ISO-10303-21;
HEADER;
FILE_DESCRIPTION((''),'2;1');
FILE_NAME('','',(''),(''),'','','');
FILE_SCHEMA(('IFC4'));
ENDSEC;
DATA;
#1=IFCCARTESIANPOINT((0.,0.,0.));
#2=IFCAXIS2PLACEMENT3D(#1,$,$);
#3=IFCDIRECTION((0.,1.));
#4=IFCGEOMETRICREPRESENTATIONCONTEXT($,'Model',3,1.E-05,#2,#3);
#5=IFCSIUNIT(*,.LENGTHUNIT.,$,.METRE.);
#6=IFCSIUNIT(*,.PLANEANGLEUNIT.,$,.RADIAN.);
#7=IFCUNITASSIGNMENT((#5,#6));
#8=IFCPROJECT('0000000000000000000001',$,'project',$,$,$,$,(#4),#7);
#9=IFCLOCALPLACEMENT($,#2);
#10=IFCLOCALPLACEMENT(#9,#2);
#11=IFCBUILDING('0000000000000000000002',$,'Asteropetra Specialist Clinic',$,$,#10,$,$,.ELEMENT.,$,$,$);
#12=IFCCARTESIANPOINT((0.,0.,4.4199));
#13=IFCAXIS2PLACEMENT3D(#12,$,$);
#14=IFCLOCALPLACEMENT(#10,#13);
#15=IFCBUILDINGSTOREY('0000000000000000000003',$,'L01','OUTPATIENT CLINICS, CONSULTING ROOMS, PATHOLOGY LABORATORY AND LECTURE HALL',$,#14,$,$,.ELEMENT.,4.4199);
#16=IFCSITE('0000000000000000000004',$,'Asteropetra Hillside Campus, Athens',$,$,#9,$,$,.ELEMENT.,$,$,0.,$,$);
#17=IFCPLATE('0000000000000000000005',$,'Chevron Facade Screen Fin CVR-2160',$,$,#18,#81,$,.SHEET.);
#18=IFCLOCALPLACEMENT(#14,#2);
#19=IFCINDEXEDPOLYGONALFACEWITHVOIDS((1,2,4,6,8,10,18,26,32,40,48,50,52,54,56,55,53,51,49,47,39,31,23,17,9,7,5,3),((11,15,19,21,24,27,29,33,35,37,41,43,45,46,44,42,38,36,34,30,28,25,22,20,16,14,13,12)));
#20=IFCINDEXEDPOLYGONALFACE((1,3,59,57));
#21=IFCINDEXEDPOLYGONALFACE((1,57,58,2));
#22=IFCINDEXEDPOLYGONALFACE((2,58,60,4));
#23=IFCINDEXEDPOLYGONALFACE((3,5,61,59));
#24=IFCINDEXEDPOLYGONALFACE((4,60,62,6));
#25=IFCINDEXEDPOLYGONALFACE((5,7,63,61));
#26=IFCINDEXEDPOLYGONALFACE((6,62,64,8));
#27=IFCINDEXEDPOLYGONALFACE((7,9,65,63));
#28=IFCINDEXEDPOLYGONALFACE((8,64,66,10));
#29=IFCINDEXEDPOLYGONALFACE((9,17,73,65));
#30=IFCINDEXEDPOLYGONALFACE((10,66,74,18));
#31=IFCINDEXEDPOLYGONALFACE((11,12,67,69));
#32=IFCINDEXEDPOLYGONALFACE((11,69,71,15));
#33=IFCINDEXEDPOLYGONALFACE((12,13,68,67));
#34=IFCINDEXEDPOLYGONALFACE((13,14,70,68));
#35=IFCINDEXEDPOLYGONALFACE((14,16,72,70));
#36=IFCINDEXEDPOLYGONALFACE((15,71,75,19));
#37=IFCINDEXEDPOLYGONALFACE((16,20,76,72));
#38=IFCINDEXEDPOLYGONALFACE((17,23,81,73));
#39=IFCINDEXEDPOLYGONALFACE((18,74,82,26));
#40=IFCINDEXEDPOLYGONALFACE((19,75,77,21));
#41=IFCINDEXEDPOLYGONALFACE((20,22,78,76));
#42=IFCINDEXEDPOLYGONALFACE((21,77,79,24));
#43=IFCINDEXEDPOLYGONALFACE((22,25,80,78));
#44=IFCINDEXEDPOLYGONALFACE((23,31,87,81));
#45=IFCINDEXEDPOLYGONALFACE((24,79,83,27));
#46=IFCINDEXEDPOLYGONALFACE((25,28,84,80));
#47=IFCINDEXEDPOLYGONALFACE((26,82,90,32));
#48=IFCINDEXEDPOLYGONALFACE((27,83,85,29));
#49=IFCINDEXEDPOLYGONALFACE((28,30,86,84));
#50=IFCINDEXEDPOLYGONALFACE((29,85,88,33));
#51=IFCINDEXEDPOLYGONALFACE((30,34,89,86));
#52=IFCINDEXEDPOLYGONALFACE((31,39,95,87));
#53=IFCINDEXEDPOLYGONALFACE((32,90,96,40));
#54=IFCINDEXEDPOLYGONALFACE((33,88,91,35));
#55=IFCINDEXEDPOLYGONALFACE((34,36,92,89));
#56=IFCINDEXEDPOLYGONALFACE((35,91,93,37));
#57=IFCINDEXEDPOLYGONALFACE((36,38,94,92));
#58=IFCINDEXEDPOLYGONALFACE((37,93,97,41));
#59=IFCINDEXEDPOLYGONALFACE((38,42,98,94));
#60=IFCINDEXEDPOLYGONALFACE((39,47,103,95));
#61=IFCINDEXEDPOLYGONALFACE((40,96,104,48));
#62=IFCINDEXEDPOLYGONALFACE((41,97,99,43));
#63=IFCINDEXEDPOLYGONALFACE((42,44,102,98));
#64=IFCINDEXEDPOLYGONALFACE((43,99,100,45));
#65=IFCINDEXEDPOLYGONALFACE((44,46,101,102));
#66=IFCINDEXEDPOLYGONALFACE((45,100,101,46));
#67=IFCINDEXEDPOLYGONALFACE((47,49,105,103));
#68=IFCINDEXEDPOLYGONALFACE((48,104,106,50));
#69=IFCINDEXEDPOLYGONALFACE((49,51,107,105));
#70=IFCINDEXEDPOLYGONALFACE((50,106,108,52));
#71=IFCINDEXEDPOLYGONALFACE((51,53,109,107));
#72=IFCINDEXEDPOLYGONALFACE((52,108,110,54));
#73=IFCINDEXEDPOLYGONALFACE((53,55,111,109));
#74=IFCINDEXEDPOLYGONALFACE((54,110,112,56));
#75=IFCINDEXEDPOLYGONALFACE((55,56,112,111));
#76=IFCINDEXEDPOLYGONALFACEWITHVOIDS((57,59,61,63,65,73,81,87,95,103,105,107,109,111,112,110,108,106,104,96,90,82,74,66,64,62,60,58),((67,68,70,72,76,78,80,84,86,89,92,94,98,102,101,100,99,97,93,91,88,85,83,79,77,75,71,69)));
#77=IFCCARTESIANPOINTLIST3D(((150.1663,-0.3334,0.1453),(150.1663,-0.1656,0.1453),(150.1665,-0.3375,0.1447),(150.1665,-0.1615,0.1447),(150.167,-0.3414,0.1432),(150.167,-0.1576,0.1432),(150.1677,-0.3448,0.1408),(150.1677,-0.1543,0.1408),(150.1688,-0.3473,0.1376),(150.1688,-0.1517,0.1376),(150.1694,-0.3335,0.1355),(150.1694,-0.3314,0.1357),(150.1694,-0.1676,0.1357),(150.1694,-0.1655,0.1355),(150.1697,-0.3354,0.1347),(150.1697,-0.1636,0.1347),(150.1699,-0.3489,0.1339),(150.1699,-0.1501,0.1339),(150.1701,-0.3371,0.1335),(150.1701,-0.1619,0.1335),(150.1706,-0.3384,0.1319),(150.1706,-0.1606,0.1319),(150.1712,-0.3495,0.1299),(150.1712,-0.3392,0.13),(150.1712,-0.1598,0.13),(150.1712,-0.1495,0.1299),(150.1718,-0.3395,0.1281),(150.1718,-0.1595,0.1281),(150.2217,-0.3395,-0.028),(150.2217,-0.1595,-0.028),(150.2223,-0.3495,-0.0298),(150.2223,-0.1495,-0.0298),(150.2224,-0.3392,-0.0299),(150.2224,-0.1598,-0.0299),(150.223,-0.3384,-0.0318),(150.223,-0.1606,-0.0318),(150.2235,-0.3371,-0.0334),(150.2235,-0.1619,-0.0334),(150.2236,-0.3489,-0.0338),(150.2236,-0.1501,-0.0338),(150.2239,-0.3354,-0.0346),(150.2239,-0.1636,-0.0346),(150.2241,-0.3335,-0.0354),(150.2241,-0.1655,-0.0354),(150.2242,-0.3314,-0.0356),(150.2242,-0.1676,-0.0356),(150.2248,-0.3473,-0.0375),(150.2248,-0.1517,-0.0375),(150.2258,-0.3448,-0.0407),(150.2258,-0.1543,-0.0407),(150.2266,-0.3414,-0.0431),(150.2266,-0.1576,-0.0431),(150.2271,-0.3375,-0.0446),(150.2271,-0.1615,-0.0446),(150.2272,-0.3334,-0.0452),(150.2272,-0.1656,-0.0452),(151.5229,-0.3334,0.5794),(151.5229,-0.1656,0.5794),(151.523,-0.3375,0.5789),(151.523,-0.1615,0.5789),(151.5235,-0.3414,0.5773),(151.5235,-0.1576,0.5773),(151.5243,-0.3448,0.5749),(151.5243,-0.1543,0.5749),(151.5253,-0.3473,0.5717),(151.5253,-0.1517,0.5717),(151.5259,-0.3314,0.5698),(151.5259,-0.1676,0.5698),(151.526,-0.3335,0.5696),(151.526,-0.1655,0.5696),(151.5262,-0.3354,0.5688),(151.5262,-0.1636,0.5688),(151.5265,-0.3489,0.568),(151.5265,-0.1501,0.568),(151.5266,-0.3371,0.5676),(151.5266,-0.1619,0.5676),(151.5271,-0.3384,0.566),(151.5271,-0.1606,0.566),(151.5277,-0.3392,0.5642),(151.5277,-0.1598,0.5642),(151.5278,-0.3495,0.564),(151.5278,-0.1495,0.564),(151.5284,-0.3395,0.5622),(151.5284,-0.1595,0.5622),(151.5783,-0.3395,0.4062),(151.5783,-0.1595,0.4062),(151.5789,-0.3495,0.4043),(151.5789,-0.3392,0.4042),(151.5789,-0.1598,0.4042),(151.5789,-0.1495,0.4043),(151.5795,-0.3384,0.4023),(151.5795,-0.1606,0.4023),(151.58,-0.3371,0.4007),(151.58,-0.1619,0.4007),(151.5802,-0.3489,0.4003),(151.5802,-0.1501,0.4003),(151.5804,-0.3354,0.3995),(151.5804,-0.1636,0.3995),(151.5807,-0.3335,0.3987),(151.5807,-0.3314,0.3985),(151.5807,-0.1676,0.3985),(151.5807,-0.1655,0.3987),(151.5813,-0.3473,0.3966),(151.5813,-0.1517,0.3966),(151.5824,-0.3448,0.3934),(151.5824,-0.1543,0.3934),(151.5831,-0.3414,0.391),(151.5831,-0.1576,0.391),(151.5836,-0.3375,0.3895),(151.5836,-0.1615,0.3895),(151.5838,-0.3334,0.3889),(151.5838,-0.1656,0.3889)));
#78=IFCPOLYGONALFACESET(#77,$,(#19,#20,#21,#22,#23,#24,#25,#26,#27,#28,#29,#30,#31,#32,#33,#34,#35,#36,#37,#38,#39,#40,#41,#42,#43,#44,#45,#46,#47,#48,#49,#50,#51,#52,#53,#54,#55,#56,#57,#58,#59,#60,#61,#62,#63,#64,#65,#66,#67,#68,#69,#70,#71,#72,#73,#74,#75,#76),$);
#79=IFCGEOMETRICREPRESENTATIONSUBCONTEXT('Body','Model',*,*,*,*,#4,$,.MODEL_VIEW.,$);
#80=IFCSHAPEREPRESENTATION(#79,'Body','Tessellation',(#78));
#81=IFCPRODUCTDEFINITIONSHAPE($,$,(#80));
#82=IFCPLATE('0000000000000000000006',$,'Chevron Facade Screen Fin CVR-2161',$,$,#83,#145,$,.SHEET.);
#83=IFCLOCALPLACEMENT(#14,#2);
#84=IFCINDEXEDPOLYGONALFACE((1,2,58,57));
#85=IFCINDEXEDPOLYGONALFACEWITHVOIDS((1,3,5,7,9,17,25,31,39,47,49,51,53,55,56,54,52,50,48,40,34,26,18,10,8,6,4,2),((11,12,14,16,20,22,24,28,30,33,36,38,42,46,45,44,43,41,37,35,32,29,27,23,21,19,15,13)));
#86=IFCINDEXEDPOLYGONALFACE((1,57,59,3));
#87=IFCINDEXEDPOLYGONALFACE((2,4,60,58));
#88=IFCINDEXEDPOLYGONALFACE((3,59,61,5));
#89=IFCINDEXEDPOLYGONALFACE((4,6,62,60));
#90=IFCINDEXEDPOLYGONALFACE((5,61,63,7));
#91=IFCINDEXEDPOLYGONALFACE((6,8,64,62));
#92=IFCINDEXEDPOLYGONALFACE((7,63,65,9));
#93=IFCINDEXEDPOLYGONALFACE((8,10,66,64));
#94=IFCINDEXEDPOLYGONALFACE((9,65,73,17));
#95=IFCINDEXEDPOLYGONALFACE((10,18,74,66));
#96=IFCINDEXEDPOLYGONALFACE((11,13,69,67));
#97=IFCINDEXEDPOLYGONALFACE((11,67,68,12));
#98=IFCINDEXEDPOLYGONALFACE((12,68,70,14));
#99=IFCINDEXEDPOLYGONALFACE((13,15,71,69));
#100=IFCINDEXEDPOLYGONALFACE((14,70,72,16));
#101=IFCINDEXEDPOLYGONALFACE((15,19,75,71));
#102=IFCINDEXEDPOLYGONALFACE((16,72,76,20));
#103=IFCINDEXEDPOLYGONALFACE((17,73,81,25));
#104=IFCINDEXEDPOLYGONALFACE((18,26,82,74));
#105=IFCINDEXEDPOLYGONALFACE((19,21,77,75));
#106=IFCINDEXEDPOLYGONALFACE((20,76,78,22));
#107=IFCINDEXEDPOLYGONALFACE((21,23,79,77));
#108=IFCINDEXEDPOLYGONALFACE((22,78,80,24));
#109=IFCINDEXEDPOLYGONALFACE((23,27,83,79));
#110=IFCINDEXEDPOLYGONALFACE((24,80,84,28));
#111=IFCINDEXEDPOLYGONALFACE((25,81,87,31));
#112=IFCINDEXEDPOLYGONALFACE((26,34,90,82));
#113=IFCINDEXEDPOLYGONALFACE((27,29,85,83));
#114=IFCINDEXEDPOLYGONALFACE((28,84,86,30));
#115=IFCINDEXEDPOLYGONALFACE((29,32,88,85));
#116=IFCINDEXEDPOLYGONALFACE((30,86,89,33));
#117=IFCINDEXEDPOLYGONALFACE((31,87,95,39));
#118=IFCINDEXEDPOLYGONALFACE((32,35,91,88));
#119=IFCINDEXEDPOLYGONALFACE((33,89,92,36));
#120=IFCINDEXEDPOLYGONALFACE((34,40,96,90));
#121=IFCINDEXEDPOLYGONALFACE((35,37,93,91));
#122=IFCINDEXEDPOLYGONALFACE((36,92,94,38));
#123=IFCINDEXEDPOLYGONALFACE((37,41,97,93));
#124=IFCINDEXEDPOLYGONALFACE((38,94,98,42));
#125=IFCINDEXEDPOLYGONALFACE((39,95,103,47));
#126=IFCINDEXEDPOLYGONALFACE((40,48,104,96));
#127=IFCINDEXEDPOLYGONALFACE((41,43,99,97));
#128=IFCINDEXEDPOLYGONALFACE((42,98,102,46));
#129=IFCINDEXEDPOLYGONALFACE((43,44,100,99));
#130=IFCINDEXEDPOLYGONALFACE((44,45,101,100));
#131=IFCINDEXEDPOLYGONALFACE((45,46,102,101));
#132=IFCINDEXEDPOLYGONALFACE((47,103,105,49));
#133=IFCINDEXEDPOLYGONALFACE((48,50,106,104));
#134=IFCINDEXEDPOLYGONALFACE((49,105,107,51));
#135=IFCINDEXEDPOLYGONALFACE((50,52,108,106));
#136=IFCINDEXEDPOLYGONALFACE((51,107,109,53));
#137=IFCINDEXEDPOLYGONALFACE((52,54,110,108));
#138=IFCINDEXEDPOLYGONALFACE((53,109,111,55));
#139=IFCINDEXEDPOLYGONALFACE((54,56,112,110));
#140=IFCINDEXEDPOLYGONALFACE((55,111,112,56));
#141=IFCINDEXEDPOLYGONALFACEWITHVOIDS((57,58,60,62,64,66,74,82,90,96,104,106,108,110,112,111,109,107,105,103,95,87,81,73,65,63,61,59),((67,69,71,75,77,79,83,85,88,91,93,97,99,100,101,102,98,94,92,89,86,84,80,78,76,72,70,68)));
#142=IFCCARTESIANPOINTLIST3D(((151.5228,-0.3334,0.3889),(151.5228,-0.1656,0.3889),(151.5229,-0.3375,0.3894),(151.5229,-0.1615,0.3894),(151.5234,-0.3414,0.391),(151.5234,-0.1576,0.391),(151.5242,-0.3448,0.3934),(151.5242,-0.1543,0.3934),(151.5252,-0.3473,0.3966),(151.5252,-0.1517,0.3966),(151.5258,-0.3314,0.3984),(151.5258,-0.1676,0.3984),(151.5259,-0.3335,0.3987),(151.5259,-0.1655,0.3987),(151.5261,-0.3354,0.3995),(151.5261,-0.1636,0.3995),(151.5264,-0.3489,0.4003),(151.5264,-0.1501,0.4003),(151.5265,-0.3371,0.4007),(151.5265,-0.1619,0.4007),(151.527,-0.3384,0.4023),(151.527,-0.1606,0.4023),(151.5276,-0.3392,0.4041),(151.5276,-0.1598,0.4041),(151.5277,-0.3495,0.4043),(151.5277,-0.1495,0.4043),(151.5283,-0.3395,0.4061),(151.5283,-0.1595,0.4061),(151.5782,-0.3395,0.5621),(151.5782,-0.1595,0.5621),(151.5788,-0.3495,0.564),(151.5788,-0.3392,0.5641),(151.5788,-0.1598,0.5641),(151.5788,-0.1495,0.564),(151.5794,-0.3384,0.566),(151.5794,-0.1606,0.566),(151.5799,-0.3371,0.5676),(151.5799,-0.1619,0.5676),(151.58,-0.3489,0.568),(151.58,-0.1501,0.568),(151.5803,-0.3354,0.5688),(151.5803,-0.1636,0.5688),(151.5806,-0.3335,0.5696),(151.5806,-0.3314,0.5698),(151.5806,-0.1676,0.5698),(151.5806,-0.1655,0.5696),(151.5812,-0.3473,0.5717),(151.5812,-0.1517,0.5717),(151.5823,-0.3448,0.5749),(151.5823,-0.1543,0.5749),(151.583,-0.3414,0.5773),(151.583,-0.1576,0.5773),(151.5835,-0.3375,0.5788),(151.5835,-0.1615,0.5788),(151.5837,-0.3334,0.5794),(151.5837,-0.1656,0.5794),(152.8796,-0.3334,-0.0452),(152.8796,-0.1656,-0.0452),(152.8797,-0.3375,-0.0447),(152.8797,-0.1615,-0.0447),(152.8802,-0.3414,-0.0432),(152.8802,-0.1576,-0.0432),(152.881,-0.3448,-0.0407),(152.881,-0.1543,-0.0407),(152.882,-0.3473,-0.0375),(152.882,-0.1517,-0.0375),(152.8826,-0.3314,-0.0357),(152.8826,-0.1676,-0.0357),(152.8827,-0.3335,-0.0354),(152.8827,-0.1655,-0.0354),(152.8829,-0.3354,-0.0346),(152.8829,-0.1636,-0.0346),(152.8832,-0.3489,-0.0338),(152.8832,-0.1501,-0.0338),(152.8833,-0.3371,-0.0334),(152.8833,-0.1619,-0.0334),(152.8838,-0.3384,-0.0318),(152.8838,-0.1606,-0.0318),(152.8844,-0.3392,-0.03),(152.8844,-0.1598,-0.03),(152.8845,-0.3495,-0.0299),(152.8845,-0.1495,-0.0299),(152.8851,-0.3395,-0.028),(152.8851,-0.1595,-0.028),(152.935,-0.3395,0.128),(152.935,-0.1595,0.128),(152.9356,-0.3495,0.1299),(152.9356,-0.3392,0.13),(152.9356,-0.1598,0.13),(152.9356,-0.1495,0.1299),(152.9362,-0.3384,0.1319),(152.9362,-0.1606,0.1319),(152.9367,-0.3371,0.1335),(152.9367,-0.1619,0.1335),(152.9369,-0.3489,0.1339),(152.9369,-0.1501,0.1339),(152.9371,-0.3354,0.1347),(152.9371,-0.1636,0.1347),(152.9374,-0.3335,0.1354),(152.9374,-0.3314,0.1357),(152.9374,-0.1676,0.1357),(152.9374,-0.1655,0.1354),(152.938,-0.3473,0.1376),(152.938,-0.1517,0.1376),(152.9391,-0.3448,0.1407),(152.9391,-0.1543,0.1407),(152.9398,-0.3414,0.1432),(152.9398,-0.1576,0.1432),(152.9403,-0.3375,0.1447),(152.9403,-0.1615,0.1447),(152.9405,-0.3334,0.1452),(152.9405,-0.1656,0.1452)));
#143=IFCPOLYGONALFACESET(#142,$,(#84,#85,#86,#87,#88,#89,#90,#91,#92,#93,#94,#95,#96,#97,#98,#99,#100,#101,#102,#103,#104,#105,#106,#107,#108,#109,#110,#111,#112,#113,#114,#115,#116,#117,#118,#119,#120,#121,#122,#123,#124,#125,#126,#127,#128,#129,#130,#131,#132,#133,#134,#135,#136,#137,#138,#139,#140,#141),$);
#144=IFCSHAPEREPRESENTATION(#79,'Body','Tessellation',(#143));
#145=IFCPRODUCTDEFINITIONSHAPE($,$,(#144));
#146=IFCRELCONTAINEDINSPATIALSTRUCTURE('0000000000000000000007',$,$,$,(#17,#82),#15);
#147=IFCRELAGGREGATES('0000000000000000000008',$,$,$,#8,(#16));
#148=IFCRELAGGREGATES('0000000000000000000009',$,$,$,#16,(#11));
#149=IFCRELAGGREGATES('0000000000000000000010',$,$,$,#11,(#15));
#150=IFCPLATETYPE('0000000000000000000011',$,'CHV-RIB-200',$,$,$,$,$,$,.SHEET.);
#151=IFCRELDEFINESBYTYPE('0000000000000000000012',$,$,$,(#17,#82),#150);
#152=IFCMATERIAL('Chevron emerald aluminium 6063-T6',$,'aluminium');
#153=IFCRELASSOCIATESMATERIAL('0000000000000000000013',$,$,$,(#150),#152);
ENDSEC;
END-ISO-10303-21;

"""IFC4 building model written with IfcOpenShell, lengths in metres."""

from ifc_helpers import new_model, si_unit, direction, frame, origin, origin_2d, place, context, subcontext, project, spatial, hollow_rectangle, extrude, material, material_profile, profile_set, type_object, element, save


model = new_model("IFC4")

# Units and contexts
model_context = context("Model", 3, precision=1e-05, world=origin(), true_north=direction((0.0, 1.0)))
body_context = subcontext(model_context, "Body", "Model", "MODEL_VIEW")
ifc_project = project(units=[si_unit("LENGTHUNIT", "METRE"), si_unit("PLANEANGLEUNIT", "RADIAN")], contexts=[model_context])

# Site, building, storey
site_placement = place(None, origin())
site = spatial("IfcSite", under=ifc_project, at=site_placement, Name="Asteropetra Hillside Campus, Athens", CompositionType="ELEMENT", RefElevation=0.0)
building_placement = place(site_placement, origin())
building = spatial("IfcBuilding", under=site, at=building_placement, Name="Asteropetra Specialist Clinic", CompositionType="ELEMENT")
storey_placement = place(building_placement, frame((0.0, 0.0, 4.4199)))
storey = spatial("IfcBuildingStorey", under=building, at=storey_placement, Name="L01", Description="OUTPATIENT CLINICS, CONSULTING ROOMS, PATHOLOGY LABORATORY AND LECTURE HALL", CompositionType="ELEMENT", Elevation=4.4199)

# Plates
ifc_material_1 = material(Name="Chevron emerald aluminium 6063-T6", Category="aluminium")
ifc_material_profile_1 = material_profile(ifc_material_1, hollow_rectangle(XDim=0.2, YDim=0.2, WallThickness=0.01, InnerFilletRadius=0.0081, OuterFilletRadius=0.0161, at=origin_2d()), Name="SHS 200x200x10.0")
ifc_profile_set_1 = profile_set([ifc_material_profile_1], Name="Chevron emerald aluminium 6063-T6")
plate_type = type_object("IfcPlateType", Name="CHV-RIB-200", PredefinedType="SHEET", material=ifc_profile_set_1)
plate_1_placement = place(storey_placement, frame((150.1968, -0.2495, 0.05), z_axis=(0.95242, 0.0, 0.304788), x_axis=(0.0, 1.0, 0.0)))
element("IfcPlate", 1, at=plate_1_placement, inside=storey, type_object=plate_type, Name="Chevron Facade Screen Fin CVR-2160", PredefinedType="SHEET", context=body_context, shape_type="SweptSolid", body=[
    extrude(hollow_rectangle(XDim=0.2, YDim=0.2, WallThickness=0.01, InnerFilletRadius=0.0081, OuterFilletRadius=0.0161, at=origin_2d()), origin(), (0.0, 0.0, 1.0), 1.4243),
])
plate_2_placement = place(storey_placement, frame((151.5532, -0.2495, 0.4841), z_axis=(0.952436, 0.0, -0.304738), x_axis=(0.0, 1.0, 0.0)))
element("IfcPlate", 2, at=plate_2_placement, inside=storey, type_object=plate_type, Name="Chevron Facade Screen Fin CVR-2161", PredefinedType="SHEET", context=body_context, shape_type="SweptSolid", body=[
    extrude(hollow_rectangle(XDim=0.2, YDim=0.2, WallThickness=0.01, InnerFilletRadius=0.0081, OuterFilletRadius=0.0161, at=origin_2d()), origin(), (0.0, 0.0, 1.0), 1.4246),
])

save(model, "model.ifc")
